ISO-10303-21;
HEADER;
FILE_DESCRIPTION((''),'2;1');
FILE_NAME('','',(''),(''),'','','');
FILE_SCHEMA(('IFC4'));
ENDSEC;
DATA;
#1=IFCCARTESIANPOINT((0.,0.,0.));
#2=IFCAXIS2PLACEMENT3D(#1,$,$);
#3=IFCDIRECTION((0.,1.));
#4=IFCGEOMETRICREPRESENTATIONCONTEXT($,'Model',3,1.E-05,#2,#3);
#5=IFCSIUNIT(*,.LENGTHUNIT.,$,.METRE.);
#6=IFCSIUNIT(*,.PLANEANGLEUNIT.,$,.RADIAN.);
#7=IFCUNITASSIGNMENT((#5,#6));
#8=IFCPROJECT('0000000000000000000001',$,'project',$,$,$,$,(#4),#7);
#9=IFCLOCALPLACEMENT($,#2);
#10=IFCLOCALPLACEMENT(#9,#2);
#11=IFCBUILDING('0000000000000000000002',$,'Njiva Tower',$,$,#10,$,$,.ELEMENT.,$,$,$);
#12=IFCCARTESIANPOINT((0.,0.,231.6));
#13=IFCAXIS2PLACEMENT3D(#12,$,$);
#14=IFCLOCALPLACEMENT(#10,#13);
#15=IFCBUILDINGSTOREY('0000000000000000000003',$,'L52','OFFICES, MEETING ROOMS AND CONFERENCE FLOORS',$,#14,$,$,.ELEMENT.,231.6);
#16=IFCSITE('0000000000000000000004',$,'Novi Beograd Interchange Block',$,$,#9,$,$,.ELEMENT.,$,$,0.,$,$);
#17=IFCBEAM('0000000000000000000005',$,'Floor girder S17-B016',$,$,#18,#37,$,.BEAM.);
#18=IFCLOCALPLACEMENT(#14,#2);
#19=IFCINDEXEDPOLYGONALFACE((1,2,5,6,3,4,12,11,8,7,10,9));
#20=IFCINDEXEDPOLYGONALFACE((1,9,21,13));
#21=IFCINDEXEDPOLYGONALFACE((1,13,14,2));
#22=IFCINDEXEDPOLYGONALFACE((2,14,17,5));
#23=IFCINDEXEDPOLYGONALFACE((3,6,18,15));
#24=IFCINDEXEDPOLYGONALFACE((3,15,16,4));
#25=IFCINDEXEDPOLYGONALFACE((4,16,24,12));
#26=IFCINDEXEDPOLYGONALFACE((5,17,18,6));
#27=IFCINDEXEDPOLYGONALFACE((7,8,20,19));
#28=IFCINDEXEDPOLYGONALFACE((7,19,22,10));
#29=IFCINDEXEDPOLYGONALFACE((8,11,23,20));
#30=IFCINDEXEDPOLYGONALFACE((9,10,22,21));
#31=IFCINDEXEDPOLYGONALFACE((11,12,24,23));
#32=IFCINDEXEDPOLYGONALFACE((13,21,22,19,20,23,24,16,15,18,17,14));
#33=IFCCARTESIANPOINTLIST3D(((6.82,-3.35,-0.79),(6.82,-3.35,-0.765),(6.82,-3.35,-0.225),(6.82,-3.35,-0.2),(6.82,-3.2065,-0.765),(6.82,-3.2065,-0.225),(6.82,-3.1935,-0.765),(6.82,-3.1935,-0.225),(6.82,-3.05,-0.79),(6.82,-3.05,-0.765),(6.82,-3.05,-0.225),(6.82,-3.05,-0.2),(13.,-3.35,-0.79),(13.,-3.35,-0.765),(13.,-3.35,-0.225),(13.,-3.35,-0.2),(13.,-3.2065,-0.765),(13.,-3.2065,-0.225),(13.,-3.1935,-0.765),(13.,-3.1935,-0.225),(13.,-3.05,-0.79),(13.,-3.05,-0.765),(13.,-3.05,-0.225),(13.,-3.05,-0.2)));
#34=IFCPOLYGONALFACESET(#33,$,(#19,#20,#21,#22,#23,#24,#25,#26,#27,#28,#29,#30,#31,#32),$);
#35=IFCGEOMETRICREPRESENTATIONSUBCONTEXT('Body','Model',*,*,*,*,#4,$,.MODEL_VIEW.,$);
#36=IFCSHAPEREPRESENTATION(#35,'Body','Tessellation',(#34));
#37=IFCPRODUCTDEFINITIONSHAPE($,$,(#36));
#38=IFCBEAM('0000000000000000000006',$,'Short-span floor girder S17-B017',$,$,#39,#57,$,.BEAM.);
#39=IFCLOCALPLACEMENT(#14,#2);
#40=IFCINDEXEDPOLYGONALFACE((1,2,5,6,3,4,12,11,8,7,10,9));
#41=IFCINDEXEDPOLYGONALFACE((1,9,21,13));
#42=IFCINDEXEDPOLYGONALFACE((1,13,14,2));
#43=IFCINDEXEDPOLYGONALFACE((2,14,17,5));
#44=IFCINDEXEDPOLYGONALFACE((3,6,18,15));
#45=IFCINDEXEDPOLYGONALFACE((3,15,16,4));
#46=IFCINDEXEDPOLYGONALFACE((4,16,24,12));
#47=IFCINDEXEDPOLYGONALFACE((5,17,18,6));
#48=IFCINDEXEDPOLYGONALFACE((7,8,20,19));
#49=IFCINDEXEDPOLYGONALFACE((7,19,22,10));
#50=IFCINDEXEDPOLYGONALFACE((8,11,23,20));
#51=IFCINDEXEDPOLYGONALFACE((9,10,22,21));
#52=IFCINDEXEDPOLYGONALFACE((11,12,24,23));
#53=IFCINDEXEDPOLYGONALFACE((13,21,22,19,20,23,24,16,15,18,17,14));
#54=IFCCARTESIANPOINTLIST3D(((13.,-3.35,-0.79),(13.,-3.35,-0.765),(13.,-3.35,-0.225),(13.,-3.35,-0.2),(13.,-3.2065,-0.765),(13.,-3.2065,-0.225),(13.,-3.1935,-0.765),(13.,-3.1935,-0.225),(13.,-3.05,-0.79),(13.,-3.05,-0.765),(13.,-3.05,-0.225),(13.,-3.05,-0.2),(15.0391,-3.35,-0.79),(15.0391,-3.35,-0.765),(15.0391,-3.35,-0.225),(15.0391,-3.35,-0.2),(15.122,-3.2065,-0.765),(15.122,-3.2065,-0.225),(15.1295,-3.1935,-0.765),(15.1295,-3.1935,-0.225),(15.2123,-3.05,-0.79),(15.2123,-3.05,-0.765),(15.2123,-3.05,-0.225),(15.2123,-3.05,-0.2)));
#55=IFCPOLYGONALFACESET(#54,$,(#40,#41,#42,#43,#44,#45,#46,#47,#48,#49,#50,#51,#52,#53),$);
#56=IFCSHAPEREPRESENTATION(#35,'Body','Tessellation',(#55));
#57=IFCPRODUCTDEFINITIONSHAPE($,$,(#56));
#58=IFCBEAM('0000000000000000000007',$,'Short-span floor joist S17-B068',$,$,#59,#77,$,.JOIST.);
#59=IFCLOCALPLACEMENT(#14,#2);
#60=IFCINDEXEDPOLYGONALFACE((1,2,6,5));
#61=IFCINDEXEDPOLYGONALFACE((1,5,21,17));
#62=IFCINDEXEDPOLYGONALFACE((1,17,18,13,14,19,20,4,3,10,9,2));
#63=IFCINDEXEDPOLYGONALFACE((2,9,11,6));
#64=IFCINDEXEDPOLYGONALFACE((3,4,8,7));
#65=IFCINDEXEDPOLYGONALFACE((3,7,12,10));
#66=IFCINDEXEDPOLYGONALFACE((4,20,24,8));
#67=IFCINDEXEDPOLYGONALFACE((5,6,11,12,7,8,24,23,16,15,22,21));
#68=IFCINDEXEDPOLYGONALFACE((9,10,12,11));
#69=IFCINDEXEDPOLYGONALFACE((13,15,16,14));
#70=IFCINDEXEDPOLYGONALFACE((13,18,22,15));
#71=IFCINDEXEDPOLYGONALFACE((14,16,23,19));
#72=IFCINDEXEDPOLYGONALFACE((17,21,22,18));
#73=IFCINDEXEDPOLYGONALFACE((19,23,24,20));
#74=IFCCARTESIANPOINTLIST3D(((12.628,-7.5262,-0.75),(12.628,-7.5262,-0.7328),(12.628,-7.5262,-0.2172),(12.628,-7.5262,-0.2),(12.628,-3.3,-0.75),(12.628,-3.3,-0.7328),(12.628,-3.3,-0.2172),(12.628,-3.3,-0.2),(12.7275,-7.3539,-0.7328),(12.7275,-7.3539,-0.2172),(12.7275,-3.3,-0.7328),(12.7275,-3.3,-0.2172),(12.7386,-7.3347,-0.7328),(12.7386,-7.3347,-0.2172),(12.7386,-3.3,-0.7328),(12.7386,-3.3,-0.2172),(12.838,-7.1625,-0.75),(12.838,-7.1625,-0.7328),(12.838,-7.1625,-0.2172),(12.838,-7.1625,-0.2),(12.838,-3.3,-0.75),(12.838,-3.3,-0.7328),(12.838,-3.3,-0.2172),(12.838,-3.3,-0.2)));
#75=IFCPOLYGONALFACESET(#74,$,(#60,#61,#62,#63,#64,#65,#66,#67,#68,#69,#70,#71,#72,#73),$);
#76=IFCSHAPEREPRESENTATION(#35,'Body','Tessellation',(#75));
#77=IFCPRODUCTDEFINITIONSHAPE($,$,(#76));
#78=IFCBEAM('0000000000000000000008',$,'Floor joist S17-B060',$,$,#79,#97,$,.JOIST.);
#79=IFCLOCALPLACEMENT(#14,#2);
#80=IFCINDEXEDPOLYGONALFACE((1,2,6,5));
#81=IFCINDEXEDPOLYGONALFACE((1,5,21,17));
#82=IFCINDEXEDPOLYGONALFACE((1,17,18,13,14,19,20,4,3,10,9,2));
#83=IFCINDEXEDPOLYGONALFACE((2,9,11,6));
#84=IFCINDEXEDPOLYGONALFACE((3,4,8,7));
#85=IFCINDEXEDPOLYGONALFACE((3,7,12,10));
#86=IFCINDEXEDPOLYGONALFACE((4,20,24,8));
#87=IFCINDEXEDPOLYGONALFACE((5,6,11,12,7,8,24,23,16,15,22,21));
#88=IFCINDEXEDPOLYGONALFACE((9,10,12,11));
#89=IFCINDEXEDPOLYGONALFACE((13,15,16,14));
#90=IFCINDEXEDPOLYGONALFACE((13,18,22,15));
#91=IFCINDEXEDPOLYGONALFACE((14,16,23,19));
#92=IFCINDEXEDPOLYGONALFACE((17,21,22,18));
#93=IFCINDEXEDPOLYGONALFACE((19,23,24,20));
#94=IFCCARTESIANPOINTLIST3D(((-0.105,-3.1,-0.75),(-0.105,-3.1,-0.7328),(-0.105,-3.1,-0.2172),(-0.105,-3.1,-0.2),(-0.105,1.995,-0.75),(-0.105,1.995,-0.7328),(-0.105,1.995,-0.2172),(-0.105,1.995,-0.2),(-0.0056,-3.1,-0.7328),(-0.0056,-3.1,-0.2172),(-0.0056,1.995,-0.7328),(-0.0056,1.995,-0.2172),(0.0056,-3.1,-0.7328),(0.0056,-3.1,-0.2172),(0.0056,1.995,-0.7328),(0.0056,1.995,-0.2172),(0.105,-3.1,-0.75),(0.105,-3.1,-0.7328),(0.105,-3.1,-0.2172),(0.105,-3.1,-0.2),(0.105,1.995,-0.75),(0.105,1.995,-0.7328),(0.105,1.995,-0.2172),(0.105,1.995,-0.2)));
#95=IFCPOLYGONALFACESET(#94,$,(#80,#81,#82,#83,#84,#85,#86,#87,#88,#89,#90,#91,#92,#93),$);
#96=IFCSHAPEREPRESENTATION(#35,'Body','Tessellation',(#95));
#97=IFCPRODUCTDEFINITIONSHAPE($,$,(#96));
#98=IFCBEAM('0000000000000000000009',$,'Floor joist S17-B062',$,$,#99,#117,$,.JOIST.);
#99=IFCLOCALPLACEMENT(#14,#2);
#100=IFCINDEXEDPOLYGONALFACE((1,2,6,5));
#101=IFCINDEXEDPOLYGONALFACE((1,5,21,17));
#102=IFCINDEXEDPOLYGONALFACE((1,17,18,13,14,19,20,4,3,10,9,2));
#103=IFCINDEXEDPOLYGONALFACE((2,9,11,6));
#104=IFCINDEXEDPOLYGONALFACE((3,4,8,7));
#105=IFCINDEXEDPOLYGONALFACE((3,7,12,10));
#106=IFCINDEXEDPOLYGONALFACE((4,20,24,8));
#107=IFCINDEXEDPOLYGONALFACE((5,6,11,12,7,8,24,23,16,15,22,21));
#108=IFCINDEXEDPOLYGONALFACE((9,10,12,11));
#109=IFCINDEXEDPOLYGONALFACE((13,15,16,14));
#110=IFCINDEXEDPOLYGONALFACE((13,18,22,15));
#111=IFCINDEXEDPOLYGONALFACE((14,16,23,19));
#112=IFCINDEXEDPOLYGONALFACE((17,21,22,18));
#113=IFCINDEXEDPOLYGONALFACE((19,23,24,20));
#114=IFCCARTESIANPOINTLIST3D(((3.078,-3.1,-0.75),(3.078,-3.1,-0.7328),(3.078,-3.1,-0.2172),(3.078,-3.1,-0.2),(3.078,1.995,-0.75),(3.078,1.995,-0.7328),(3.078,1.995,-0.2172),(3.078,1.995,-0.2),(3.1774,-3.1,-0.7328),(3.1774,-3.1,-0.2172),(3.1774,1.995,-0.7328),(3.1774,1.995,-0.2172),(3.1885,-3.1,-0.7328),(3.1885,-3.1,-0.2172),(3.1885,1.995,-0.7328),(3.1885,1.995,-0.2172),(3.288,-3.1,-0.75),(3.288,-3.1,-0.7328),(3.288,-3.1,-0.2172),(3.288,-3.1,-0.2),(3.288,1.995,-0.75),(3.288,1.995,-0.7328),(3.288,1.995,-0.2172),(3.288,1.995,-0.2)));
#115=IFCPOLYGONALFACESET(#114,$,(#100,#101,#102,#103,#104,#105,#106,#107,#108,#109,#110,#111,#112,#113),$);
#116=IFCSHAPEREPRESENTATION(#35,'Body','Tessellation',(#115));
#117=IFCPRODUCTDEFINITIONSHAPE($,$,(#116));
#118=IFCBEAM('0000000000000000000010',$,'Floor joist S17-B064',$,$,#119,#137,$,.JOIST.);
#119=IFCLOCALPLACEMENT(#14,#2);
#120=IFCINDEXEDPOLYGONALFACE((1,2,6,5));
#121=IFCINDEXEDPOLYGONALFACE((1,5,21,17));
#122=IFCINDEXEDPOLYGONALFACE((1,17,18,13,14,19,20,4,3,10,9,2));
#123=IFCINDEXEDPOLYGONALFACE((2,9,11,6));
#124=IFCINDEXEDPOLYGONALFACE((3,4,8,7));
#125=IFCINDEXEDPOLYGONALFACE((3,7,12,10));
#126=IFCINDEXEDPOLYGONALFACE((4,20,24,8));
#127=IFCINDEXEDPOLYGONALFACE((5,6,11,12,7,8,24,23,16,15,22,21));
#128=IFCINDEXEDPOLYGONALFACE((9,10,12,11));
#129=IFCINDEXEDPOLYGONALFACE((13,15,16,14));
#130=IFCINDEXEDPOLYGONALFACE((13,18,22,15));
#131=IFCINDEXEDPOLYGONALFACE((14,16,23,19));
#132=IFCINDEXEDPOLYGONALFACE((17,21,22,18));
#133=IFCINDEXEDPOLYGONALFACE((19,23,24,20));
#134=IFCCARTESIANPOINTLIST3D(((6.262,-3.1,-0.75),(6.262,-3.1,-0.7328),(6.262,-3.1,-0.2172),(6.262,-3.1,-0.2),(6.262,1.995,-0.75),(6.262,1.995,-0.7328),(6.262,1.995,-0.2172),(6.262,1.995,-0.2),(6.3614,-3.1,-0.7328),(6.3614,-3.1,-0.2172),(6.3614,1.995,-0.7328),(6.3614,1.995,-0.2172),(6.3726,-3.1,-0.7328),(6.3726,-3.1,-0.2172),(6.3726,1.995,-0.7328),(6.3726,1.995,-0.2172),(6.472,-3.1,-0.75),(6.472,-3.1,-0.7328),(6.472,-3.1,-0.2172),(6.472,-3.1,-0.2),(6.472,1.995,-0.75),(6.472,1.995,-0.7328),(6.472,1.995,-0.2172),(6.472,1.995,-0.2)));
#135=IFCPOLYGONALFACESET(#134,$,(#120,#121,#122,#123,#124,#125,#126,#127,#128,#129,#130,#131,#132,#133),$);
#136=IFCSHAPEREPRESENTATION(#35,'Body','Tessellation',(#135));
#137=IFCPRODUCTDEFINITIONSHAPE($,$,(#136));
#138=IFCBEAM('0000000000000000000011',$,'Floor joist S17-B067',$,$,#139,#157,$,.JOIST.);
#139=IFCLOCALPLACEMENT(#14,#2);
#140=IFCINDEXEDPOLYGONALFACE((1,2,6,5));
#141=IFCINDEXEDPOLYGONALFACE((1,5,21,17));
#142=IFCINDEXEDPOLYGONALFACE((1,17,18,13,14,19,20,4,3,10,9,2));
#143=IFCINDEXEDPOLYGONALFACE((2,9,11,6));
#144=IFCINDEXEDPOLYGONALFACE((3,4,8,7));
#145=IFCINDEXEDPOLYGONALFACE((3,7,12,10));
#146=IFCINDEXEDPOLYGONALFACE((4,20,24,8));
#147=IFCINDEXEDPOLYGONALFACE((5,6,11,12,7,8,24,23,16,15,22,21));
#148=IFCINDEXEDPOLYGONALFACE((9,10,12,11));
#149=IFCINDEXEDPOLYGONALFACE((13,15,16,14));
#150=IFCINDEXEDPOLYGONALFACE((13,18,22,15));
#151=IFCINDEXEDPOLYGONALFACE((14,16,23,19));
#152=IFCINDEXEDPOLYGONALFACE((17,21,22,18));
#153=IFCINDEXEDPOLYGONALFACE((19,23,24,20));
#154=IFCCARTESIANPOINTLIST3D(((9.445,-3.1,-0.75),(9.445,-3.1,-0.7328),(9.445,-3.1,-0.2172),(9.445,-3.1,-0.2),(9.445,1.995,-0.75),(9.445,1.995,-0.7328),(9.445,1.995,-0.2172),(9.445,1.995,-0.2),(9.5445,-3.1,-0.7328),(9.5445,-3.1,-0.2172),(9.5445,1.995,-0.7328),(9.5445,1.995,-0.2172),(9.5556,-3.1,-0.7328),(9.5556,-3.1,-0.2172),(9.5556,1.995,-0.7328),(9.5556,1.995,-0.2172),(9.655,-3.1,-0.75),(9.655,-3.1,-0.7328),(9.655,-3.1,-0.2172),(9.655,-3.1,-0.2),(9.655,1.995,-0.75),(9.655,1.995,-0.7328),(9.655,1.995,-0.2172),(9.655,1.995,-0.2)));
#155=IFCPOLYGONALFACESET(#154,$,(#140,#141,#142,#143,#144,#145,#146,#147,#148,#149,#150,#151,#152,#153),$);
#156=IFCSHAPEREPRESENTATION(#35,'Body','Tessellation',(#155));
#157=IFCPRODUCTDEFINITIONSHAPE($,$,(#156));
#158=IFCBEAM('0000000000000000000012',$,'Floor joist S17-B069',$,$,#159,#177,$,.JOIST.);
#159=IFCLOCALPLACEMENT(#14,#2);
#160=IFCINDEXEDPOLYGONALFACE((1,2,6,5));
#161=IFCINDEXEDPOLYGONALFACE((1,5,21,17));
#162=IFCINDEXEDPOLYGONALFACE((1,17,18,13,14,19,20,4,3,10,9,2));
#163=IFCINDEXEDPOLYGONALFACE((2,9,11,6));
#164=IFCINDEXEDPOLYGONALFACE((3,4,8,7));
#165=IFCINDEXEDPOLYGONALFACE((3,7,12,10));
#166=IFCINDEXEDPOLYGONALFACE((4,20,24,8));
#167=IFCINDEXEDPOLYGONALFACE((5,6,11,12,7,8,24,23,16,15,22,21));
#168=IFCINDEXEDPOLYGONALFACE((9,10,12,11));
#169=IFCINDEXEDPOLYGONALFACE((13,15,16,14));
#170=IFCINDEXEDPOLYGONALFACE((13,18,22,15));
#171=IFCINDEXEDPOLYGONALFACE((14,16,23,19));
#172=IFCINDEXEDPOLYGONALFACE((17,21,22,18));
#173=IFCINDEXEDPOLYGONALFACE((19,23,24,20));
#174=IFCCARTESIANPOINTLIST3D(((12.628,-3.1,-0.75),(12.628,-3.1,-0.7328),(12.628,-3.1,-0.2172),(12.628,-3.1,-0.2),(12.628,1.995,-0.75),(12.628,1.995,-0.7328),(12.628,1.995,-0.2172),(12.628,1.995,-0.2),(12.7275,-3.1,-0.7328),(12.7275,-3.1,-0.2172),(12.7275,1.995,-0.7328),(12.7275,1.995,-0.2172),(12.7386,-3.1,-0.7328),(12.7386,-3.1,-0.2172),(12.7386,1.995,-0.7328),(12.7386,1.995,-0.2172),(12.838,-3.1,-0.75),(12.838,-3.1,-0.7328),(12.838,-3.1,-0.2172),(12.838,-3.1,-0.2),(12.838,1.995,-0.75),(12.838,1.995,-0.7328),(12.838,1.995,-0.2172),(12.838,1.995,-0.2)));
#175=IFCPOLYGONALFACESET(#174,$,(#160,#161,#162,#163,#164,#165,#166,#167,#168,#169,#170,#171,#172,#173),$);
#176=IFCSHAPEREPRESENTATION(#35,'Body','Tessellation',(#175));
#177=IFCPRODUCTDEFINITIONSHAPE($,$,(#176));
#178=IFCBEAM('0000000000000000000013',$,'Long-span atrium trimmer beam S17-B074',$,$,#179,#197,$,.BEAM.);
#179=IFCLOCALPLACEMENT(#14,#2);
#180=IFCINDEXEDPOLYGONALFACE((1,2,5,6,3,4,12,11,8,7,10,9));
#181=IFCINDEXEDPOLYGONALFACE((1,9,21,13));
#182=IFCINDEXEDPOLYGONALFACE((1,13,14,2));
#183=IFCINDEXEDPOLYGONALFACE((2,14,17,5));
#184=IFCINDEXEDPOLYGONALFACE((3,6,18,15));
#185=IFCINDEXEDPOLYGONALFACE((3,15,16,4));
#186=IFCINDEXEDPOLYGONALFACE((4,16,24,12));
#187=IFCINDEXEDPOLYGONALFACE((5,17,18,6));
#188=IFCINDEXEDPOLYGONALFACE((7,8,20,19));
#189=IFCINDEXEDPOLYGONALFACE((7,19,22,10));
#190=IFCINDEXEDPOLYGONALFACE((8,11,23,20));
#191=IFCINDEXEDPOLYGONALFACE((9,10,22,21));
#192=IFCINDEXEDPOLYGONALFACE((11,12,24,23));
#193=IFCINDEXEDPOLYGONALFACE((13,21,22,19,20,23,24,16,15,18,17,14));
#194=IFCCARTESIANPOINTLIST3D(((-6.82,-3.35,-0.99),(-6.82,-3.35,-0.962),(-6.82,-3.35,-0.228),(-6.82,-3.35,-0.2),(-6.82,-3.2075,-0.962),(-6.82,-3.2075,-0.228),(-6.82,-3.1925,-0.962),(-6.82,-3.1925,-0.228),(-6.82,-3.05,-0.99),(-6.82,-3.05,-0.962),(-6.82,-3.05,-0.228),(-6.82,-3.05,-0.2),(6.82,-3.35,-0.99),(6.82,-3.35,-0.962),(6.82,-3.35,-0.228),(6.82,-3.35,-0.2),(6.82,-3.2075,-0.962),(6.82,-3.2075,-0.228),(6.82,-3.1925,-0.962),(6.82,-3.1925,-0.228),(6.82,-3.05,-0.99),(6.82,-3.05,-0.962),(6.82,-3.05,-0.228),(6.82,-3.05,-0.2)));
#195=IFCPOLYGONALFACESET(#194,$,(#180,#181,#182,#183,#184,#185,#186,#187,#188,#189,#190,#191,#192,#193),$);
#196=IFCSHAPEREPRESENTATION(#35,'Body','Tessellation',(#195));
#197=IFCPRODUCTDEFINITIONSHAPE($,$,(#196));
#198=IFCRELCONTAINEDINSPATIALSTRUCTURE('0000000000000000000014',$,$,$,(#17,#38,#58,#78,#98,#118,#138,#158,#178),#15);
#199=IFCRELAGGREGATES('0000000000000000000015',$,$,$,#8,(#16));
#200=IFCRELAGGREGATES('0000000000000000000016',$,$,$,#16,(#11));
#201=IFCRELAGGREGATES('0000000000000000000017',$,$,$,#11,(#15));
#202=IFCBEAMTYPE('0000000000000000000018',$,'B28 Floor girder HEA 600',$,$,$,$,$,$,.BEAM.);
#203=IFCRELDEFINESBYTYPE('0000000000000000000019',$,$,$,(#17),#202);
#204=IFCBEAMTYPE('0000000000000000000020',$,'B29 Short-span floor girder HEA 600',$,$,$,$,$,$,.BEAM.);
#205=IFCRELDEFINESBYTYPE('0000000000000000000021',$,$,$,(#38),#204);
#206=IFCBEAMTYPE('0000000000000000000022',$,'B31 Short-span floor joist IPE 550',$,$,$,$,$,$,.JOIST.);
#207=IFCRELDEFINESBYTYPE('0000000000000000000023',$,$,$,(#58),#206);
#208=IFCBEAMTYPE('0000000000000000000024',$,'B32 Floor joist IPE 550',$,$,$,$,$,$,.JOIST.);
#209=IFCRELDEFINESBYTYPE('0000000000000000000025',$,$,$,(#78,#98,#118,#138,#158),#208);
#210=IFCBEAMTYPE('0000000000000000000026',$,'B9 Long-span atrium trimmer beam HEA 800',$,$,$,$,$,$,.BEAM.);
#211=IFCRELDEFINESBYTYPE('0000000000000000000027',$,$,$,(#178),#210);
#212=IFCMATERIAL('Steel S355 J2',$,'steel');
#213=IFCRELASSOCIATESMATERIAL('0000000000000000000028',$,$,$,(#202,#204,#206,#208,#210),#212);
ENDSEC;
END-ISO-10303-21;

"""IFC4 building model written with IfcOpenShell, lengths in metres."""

from ifc_helpers import new_model, si_unit, direction, frame, origin, origin_2d, place, context, subcontext, project, spatial, i_section, extrude, clip, halfspace, material, material_profile, profile_set, type_object, element, save


model = new_model("IFC4")

# Units and contexts
model_context = context("Model", 3, precision=1e-05, world=origin(), true_north=direction((0.0, 1.0)))
body_context = subcontext(model_context, "Body", "Model", "MODEL_VIEW")
ifc_project = project(units=[si_unit("LENGTHUNIT", "METRE"), si_unit("PLANEANGLEUNIT", "RADIAN")], contexts=[model_context])

# Site, building, storey
site_placement = place(None, origin())
site = spatial("IfcSite", under=ifc_project, at=site_placement, Name="Novi Beograd Interchange Block", CompositionType="ELEMENT", RefElevation=0.0)
building_placement = place(site_placement, origin())
building = spatial("IfcBuilding", under=site, at=building_placement, Name="Njiva Tower", CompositionType="ELEMENT")
storey_placement = place(building_placement, frame((0.0, 0.0, 231.6)))
storey = spatial("IfcBuildingStorey", under=building, at=storey_placement, Name="L52", Description="OFFICES, MEETING ROOMS AND CONFERENCE FLOORS", CompositionType="ELEMENT", Elevation=231.6)

# Shared definitions
ifc_material_1 = material(Name="Steel S355 J2", Category="steel")

# Beams
ifc_material_profile_1 = material_profile(ifc_material_1, i_section(OverallWidth=0.3, OverallDepth=0.59, WebThickness=0.013, FlangeThickness=0.025, at=origin_2d()), Name="HEA 600")
ifc_profile_set_1 = profile_set([ifc_material_profile_1], Name="Steel S355 J2")
beam_type_1 = type_object("IfcBeamType", Name="B28 Floor girder HEA 600", PredefinedType="BEAM", material=ifc_profile_set_1)
beam_1_placement = place(storey_placement, frame((6.82, -3.2, -0.495), z_axis=(1.0, 0.0, 0.0), x_axis=(0.0, 1.0, 0.0)))
element("IfcBeam", 1, at=beam_1_placement, inside=storey, type_object=beam_type_1, Name="Floor girder S17-B016", PredefinedType="BEAM", context=body_context, shape_type="SweptSolid", body=[
    extrude(i_section(OverallWidth=0.3, OverallDepth=0.59, WebThickness=0.013, FlangeThickness=0.025, at=origin_2d()), origin(), (0.0, 0.0, 1.0), 6.18),
])
ifc_material_profile_2 = material_profile(ifc_material_1, i_section(OverallWidth=0.3, OverallDepth=0.59, WebThickness=0.013, FlangeThickness=0.025, at=origin_2d()), Name="HEA 600")
ifc_profile_set_2 = profile_set([ifc_material_profile_2], Name="Steel S355 J2")
beam_type_2 = type_object("IfcBeamType", Name="B29 Short-span floor girder HEA 600", PredefinedType="BEAM", material=ifc_profile_set_2)
beam_2_placement = place(storey_placement, frame((13.0, -3.2, -0.495), z_axis=(1.0, 0.0, 0.0), x_axis=(0.0, 1.0, 0.0)))
element("IfcBeam", 2, at=beam_2_placement, inside=storey, type_object=beam_type_2, Name="Short-span floor girder S17-B017", PredefinedType="BEAM", context=body_context, shape_type="Clipping", body=[
    clip(extrude(i_section(OverallWidth=0.3, OverallDepth=0.59, WebThickness=0.013, FlangeThickness=0.025, at=origin_2d()), origin(), (0.0, 0.0, 1.0), 2.233), halfspace(frame((-0.025, 0.0, 2.1113), z_axis=(-0.499998, 0.0, 0.866027), x_axis=(0.0, 1.0, 0.0)), False)),
])
ifc_material_profile_3 = material_profile(ifc_material_1, i_section(OverallWidth=0.21, OverallDepth=0.55, WebThickness=0.0111, FlangeThickness=0.0172, at=origin_2d()), Name="IPE 550")
ifc_profile_set_3 = profile_set([ifc_material_profile_3], Name="Steel S355 J2")
beam_type_3 = type_object("IfcBeamType", Name="B31 Short-span floor joist IPE 550", PredefinedType="JOIST", material=ifc_profile_set_3)
beam_3_placement = place(storey_placement, frame((12.733, -3.3, -0.475), z_axis=(0.0, -1.0, 0.0), x_axis=(1.0, 0.0, 0.0)))
element("IfcBeam", 3, at=beam_3_placement, inside=storey, type_object=beam_type_3, Name="Short-span floor joist S17-B068", PredefinedType="JOIST", context=body_context, shape_type="Clipping", body=[
    clip(extrude(i_section(OverallWidth=0.21, OverallDepth=0.55, WebThickness=0.0111, FlangeThickness=0.0172, at=origin_2d()), origin(), (0.0, 0.0, 1.0), 4.246), halfspace(frame((0.0436, 0.0, 3.9688), z_axis=(0.866027, 0.0, 0.499998), x_axis=(0.0, 1.0, 0.0)), False)),
])
ifc_material_profile_4 = material_profile(ifc_material_1, i_section(OverallWidth=0.21, OverallDepth=0.55, WebThickness=0.0111, FlangeThickness=0.0172, at=origin_2d()), Name="IPE 550")
ifc_profile_set_4 = profile_set([ifc_material_profile_4], Name="Steel S355 J2")
beam_type_4 = type_object("IfcBeamType", Name="B32 Floor joist IPE 550", PredefinedType="JOIST", material=ifc_profile_set_4)
for number, where, z_axis, x_axis, name in (
    (4, (0.0, 1.995, -0.475), (0.0, -1.0, 0.0), (1.0, 0.0, 0.0), "Floor joist S17-B060"),
    (5, (3.183, 1.995, -0.475), (0.0, -1.0, 0.0), (1.0, 0.0, 0.0), "Floor joist S17-B062"),
    (6, (6.367, 1.995, -0.475), (0.0, -1.0, 0.0), (1.0, 0.0, 0.0), "Floor joist S17-B064"),
    (7, (9.55, 1.995, -0.475), (0.0, -1.0, 0.0), (1.0, 0.0, 0.0), "Floor joist S17-B067"),
    (8, (12.733, 1.995, -0.475), (0.0, -1.0, 0.0), (1.0, 0.0, 0.0), "Floor joist S17-B069"),
):
    element("IfcBeam", number, at=place(storey_placement, frame(where, z_axis=z_axis, x_axis=x_axis)), inside=storey, type_object=beam_type_4, Name=name, PredefinedType="JOIST", context=body_context, shape_type="SweptSolid", body=[
        extrude(i_section(OverallWidth=0.21, OverallDepth=0.55, WebThickness=0.0111, FlangeThickness=0.0172, at=origin_2d()), origin(), (0.0, 0.0, 1.0), 5.095),
    ])
ifc_material_profile_5 = material_profile(ifc_material_1, i_section(OverallWidth=0.3, OverallDepth=0.79, WebThickness=0.015, FlangeThickness=0.028, at=origin_2d()), Name="HEA 800")
ifc_profile_set_5 = profile_set([ifc_material_profile_5], Name="Steel S355 J2")
beam_type_5 = type_object("IfcBeamType", Name="B9 Long-span atrium trimmer beam HEA 800", PredefinedType="BEAM", material=ifc_profile_set_5)
beam_4_placement = place(storey_placement, frame((6.82, -3.2, -0.595), z_axis=(-1.0, 0.0, 0.0), x_axis=(0.0, -1.0, 0.0)))
element("IfcBeam", 9, at=beam_4_placement, inside=storey, type_object=beam_type_5, Name="Long-span atrium trimmer beam S17-B074", PredefinedType="BEAM", context=body_context, shape_type="SweptSolid", body=[
    extrude(i_section(OverallWidth=0.3, OverallDepth=0.79, WebThickness=0.015, FlangeThickness=0.028, at=origin_2d()), origin(), (0.0, 0.0, 1.0), 13.64),
])

save(model, "model.ifc")
